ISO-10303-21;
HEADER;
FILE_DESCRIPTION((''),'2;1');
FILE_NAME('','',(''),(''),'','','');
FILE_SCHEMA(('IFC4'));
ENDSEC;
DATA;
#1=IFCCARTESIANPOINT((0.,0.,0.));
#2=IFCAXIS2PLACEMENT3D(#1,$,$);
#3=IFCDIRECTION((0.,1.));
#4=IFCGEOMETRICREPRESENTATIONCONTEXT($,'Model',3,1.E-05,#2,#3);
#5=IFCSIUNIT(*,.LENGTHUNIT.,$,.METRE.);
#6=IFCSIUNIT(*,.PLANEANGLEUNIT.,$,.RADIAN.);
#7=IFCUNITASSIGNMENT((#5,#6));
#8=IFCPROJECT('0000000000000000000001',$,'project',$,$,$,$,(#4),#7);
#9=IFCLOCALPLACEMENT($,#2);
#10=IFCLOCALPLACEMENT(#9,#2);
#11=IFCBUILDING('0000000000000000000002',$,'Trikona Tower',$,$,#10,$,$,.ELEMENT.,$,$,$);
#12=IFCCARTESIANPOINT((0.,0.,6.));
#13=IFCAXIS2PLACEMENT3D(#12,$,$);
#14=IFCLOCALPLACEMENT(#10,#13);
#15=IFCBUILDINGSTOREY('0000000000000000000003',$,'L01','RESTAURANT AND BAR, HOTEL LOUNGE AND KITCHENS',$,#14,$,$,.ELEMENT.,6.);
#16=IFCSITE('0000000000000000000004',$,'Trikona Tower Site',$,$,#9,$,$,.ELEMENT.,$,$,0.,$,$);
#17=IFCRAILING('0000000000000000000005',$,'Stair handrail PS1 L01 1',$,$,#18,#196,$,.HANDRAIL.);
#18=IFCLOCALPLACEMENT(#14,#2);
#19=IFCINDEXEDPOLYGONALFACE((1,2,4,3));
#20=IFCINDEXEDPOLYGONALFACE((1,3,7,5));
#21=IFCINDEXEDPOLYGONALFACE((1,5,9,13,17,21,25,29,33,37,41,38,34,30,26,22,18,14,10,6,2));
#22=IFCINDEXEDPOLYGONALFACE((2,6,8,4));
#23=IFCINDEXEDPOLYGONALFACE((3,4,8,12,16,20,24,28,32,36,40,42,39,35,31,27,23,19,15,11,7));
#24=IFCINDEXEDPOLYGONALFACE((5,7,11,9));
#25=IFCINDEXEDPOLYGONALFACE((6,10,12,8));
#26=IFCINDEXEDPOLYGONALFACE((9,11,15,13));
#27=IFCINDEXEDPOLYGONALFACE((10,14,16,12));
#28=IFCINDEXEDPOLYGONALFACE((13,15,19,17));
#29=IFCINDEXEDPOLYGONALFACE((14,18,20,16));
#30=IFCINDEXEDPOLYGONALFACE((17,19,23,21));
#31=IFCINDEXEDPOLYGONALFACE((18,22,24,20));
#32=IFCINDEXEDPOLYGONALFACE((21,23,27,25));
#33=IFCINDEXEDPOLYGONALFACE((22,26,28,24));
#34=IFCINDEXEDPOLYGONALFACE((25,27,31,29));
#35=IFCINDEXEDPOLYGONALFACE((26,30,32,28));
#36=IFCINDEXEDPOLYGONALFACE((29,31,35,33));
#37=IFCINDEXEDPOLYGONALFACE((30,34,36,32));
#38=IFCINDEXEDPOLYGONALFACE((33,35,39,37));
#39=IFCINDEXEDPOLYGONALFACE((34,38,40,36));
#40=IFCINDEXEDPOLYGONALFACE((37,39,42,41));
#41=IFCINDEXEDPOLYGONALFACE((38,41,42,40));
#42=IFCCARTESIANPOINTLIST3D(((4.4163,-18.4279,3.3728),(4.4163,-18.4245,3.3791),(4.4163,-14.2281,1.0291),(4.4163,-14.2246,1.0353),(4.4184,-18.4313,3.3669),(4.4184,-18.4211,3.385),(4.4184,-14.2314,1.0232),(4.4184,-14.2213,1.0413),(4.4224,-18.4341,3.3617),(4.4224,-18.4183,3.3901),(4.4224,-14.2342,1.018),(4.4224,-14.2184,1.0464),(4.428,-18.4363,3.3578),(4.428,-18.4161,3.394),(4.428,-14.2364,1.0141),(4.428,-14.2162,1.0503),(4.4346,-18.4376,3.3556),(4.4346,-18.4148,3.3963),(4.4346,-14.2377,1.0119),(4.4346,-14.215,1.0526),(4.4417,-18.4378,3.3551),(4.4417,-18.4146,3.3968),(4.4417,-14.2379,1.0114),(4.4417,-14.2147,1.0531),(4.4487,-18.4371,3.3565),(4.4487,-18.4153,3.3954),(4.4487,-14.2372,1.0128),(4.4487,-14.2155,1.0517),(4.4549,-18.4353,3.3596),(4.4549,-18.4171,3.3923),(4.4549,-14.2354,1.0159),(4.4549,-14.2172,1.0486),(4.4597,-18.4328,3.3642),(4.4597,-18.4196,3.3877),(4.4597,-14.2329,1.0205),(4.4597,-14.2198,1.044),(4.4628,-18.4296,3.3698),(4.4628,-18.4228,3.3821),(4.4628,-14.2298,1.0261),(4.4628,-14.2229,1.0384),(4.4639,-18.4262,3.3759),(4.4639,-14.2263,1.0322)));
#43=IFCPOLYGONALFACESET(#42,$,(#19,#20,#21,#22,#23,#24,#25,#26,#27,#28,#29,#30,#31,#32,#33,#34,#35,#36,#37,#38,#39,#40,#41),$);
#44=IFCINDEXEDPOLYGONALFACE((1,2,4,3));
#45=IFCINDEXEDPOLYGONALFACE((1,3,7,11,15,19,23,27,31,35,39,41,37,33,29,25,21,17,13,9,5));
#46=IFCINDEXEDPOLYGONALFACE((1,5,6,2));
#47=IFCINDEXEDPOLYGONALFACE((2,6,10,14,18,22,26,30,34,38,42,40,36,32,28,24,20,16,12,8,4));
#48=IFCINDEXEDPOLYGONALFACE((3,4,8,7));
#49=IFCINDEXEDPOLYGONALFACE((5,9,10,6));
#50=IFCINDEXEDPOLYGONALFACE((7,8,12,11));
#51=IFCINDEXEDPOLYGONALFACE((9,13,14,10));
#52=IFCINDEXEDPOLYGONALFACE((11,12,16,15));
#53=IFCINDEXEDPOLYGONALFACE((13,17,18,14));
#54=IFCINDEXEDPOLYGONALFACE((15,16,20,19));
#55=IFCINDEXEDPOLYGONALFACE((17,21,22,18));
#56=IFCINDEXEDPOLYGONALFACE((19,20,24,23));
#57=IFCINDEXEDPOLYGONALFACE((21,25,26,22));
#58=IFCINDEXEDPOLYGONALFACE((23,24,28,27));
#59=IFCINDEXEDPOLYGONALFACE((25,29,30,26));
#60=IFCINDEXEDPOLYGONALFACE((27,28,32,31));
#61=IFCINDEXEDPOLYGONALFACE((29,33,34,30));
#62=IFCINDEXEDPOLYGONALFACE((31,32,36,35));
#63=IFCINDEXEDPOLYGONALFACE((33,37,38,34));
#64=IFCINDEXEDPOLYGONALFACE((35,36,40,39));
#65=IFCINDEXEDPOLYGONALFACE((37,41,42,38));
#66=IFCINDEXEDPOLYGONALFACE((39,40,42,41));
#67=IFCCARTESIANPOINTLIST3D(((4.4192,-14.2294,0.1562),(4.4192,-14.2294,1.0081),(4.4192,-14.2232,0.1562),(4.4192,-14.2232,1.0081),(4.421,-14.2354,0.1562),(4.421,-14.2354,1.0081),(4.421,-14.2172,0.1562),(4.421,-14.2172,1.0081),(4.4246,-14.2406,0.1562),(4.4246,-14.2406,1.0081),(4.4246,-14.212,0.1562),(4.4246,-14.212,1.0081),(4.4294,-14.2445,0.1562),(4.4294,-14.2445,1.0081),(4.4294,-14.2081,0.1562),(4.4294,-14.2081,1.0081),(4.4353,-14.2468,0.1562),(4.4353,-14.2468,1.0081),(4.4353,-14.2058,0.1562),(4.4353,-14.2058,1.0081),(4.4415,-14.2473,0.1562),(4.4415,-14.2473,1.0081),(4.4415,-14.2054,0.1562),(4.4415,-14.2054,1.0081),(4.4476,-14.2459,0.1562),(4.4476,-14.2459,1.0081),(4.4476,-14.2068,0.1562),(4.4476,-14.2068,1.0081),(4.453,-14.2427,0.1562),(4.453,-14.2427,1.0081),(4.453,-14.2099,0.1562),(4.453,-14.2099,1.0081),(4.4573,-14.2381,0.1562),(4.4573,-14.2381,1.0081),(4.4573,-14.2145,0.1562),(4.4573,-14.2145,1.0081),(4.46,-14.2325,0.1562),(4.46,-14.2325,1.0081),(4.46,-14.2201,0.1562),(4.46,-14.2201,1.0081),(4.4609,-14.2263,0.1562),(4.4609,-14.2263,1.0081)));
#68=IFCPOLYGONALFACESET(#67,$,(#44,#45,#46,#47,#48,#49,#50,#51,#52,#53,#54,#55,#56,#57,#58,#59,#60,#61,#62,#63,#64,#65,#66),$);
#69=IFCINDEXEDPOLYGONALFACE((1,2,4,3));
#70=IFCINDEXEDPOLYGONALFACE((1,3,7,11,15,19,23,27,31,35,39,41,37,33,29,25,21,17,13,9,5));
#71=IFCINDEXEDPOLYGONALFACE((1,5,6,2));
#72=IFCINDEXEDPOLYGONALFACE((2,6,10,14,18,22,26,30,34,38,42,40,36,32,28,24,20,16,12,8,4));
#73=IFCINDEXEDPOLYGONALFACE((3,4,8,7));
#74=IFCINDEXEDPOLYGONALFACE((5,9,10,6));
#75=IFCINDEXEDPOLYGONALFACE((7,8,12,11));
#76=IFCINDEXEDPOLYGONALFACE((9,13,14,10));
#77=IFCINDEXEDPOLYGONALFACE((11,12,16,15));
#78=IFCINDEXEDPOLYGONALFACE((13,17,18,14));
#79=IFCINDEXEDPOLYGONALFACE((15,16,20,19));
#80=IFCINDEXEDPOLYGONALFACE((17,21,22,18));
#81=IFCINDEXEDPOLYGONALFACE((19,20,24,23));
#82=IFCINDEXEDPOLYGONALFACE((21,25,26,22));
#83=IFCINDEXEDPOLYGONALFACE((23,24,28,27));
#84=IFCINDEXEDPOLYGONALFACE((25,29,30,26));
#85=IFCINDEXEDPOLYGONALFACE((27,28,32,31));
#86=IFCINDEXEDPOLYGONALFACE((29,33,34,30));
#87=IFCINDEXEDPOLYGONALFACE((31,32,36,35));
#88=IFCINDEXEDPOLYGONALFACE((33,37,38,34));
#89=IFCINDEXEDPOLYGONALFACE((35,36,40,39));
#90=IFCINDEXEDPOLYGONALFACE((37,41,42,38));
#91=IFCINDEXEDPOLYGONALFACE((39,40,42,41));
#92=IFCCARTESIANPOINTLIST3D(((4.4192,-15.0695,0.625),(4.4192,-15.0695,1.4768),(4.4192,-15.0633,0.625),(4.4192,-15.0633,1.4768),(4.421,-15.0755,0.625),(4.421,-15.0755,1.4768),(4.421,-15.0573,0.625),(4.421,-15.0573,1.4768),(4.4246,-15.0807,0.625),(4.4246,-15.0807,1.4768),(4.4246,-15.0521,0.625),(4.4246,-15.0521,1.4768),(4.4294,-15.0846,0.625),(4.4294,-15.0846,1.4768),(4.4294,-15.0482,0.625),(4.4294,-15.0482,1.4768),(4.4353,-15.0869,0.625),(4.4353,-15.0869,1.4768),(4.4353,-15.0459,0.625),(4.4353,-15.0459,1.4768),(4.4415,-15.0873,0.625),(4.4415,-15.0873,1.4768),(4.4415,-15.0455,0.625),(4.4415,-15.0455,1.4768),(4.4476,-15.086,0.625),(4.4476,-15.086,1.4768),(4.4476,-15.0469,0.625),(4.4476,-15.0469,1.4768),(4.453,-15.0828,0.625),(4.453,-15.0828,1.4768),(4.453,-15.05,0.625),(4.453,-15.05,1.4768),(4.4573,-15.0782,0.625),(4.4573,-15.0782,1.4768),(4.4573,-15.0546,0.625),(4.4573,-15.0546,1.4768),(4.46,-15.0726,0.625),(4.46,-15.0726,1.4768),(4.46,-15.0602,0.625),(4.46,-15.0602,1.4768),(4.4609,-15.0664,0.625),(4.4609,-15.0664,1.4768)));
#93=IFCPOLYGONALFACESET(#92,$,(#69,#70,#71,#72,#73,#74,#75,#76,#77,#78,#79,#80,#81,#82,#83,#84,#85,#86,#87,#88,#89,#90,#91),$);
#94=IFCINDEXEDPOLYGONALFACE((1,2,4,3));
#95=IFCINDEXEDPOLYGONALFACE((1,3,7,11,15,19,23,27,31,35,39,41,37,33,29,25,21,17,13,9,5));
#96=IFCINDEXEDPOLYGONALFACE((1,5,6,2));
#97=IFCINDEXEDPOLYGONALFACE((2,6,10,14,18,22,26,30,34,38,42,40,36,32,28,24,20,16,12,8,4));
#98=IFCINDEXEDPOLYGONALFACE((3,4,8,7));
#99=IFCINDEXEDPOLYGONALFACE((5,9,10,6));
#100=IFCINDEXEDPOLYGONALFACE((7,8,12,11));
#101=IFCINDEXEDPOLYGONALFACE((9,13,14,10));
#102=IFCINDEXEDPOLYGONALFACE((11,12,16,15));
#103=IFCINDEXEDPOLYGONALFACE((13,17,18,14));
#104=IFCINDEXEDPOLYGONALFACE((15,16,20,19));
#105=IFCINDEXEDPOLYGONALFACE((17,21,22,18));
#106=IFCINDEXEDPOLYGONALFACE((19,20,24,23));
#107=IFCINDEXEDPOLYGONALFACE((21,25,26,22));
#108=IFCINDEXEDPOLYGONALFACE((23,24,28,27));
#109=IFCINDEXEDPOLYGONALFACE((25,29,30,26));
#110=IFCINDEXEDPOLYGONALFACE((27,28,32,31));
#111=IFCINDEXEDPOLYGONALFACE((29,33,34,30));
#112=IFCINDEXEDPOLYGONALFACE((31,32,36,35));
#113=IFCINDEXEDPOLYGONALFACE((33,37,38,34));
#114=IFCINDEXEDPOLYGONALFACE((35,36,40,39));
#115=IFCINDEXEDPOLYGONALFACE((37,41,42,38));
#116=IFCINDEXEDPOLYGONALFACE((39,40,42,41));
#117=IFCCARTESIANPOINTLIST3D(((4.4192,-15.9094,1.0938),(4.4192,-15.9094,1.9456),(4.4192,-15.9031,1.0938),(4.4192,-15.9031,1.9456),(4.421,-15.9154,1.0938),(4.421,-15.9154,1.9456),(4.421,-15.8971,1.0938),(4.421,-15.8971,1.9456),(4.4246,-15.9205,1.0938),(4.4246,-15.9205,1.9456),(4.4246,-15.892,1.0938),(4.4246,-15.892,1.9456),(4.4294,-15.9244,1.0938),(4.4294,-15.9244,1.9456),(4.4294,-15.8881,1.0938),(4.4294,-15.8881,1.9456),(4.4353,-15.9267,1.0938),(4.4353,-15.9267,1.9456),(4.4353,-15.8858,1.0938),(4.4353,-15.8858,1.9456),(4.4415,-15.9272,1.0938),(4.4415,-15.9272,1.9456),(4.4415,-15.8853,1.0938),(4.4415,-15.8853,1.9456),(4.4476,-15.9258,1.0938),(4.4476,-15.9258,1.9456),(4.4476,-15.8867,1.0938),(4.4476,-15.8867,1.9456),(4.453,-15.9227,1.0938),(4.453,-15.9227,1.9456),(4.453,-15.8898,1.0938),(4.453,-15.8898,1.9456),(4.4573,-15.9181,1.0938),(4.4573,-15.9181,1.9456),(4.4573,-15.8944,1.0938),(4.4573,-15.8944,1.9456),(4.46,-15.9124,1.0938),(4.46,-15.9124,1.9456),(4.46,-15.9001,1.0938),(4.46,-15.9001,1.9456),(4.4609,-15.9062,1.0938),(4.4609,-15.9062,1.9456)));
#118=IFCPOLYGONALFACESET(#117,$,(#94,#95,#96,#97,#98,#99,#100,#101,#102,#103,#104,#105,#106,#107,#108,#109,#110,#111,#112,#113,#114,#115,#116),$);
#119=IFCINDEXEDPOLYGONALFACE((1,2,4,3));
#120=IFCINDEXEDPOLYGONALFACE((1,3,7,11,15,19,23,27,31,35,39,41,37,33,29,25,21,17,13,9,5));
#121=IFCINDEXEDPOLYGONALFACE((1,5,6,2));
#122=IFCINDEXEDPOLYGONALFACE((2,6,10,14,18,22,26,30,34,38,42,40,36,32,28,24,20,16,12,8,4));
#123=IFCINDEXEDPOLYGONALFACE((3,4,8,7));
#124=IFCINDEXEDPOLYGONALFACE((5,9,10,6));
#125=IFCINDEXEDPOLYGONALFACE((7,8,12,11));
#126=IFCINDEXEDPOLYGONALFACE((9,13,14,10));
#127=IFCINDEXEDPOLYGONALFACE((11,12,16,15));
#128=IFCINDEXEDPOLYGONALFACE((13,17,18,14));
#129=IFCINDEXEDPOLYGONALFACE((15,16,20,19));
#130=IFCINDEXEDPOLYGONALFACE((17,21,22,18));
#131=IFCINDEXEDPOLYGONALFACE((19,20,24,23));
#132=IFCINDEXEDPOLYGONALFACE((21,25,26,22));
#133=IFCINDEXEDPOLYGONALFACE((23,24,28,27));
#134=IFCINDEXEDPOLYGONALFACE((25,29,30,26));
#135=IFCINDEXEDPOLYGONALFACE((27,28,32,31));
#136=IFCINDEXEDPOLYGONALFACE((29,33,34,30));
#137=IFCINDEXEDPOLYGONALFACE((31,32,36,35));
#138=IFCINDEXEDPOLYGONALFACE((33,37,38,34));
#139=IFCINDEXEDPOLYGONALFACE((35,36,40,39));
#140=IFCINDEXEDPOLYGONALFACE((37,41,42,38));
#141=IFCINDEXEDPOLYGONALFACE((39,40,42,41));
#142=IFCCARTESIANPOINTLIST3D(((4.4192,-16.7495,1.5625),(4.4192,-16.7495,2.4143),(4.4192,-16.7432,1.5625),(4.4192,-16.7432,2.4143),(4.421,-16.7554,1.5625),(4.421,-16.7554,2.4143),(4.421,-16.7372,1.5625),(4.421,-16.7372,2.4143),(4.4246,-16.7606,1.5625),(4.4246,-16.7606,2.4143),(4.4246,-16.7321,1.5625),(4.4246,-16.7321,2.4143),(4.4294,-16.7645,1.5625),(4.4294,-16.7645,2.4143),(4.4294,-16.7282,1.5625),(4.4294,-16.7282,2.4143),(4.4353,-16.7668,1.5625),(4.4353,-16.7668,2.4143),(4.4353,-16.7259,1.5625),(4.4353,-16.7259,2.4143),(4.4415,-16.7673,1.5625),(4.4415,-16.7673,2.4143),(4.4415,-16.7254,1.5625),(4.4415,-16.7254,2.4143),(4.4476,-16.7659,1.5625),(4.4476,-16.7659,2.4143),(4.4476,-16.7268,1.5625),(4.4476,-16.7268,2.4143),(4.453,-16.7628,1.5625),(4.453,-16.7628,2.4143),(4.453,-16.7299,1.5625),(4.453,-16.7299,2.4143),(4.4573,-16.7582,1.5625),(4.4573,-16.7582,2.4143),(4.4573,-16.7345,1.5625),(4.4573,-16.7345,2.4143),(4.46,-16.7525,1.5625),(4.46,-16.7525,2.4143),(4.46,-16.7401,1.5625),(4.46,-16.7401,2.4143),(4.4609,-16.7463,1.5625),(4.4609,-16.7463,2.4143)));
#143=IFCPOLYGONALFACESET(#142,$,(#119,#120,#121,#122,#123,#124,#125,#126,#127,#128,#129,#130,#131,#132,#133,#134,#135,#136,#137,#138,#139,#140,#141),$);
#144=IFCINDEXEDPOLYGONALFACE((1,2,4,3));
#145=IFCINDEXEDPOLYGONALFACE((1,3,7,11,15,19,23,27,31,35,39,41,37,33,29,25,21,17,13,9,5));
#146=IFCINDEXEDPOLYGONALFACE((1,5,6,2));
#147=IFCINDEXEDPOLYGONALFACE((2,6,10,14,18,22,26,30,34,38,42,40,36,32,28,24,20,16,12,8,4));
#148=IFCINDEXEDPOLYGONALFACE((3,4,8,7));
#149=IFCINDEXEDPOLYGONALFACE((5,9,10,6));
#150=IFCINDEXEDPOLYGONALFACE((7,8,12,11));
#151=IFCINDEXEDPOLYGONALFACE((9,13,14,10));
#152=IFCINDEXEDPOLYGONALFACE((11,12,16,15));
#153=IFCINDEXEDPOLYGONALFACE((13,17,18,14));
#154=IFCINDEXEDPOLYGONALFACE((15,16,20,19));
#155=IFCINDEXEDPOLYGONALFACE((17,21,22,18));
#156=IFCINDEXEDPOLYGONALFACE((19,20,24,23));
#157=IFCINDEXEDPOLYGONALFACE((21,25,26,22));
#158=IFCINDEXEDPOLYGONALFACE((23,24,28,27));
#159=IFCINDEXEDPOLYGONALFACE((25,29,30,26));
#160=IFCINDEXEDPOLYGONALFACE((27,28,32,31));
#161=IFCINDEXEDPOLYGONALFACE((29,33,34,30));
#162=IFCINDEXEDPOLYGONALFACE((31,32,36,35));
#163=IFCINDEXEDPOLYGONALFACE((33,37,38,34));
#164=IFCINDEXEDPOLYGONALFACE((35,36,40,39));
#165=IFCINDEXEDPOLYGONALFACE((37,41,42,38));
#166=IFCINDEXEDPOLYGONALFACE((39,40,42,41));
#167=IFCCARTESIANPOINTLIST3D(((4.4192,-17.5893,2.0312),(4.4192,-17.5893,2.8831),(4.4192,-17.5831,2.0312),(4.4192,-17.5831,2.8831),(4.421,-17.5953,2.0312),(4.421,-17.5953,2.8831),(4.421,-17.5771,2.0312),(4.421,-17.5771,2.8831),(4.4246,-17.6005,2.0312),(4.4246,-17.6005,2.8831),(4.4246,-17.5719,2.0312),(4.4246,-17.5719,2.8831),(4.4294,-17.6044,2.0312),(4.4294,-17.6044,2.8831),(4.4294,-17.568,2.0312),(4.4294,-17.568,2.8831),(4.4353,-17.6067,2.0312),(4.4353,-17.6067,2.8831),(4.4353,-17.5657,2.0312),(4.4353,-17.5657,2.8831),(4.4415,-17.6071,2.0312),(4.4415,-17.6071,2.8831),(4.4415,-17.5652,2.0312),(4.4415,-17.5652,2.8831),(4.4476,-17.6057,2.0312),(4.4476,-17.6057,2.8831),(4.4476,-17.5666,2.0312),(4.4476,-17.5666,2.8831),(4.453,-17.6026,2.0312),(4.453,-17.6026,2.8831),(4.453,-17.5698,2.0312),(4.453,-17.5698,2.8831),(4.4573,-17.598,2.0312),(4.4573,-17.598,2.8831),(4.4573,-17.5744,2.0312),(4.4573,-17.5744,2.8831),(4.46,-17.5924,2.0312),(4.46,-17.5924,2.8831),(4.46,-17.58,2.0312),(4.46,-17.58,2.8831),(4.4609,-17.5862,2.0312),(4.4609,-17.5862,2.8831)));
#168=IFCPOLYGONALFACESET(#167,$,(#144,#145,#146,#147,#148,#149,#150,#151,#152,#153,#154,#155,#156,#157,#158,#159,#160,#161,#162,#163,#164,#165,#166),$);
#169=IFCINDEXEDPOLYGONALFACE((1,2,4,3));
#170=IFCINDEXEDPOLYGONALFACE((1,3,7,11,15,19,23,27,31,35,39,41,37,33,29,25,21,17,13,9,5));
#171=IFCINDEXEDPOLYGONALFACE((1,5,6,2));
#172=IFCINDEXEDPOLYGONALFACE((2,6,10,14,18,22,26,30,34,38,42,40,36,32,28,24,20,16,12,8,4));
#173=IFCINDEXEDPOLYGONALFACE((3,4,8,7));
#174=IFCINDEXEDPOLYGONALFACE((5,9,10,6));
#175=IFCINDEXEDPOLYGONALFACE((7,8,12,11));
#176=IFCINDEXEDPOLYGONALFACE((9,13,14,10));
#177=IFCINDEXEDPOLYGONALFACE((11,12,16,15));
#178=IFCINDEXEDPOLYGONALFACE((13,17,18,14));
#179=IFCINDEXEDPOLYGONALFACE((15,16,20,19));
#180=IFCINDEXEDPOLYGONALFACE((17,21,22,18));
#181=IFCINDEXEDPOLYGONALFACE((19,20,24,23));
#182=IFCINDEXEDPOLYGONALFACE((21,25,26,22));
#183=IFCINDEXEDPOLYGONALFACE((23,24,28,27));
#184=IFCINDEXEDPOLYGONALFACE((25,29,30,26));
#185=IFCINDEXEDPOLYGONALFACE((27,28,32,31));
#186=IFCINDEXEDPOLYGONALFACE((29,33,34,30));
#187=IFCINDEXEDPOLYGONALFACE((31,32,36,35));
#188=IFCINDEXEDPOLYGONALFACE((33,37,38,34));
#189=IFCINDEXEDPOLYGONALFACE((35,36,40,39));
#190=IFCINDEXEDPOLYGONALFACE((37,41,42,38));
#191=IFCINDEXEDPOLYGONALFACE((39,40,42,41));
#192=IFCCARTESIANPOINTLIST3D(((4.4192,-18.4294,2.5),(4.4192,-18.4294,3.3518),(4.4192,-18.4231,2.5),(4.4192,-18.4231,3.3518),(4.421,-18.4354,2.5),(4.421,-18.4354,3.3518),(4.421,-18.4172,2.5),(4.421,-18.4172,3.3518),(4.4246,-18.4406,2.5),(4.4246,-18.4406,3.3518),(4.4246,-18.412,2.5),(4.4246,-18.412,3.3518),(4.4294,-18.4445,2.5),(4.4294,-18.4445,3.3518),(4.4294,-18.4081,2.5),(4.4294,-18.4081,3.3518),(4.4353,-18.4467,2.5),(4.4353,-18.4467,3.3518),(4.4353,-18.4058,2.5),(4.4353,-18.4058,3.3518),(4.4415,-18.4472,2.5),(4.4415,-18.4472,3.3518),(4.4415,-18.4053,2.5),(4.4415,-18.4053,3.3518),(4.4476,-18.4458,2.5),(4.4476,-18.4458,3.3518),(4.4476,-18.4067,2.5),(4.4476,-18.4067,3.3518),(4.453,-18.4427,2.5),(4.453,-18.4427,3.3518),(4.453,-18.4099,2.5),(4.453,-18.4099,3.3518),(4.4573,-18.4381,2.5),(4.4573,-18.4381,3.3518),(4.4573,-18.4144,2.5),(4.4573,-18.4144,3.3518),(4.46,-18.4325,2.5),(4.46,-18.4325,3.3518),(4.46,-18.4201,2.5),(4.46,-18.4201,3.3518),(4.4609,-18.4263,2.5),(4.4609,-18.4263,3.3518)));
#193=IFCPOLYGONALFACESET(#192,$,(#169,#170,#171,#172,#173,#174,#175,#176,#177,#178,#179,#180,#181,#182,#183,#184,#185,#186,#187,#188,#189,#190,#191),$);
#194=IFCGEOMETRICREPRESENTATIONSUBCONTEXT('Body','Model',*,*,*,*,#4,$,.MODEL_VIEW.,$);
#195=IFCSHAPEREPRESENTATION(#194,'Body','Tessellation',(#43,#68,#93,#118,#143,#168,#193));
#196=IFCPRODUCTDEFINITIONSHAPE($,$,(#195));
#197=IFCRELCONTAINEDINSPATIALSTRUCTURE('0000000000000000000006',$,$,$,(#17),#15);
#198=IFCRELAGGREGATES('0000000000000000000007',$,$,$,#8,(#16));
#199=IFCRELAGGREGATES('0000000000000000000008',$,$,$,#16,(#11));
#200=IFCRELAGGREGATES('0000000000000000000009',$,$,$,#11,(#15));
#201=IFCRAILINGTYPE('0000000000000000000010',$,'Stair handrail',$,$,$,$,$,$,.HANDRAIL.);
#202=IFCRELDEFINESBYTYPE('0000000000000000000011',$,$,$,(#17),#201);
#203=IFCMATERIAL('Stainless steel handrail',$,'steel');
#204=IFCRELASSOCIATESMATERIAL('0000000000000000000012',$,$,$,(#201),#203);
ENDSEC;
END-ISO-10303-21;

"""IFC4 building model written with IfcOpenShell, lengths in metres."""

from ifc_helpers import new_model, si_unit, direction, frame, origin, origin_2d, place, context, subcontext, project, spatial, circle, extrude, material, type_object, element, save


model = new_model("IFC4")

# Units and contexts
model_context = context("Model", 3, precision=1e-05, world=origin(), true_north=direction((0.0, 1.0)))
body_context = subcontext(model_context, "Body", "Model", "MODEL_VIEW")
ifc_project = project(units=[si_unit("LENGTHUNIT", "METRE"), si_unit("PLANEANGLEUNIT", "RADIAN")], contexts=[model_context])

# Site, building, storey
site_placement = place(None, origin())
site = spatial("IfcSite", under=ifc_project, at=site_placement, Name="Trikona Tower Site", CompositionType="ELEMENT", RefElevation=0.0)
building_placement = place(site_placement, origin())
building = spatial("IfcBuilding", under=site, at=building_placement, Name="Trikona Tower", CompositionType="ELEMENT")
storey_placement = place(building_placement, frame((0.0, 0.0, 6.0)))
storey = spatial("IfcBuildingStorey", under=building, at=storey_placement, Name="L01", Description="RESTAURANT AND BAR, HOTEL LOUNGE AND KITCHENS", CompositionType="ELEMENT", Elevation=6.0)

# Railing
ifc_material_1 = material(Name="Stainless steel handrail", Category="steel")
railing_type = type_object("IfcRailingType", Name="Stair handrail", PredefinedType="HANDRAIL", material=ifc_material_1)
railing_placement = place(storey_placement, frame((4.4399, -14.2263, 0.1562)))
element("IfcRailing", 1, at=railing_placement, inside=storey, type_object=railing_type, Name="Stair handrail PS1 L01 1", PredefinedType="HANDRAIL", context=body_context, shape_type="SweptSolid", body=[
    extrude(circle(Radius=0.0239, at=origin_2d()), frame((0.0, 0.0, 0.876), z_axis=(0.0, -0.873234, 0.487301), x_axis=(1.0, 0.0, 0.0)), (0.0, 0.0, 1.0), 4.8096),
    extrude(circle(Radius=0.021, at=origin_2d()), origin(), (0.0, 0.0, 1.0), 0.8518),
    extrude(circle(Radius=0.021, at=origin_2d()), frame((0.0, -0.8401, 0.4688)), (0.0, 0.0, 1.0), 0.8518),
    extrude(circle(Radius=0.021, at=origin_2d()), frame((0.0, -1.6799, 0.9375)), (0.0, 0.0, 1.0), 0.8518),
    extrude(circle(Radius=0.021, at=origin_2d()), frame((0.0, -2.52, 1.4062)), (0.0, 0.0, 1.0), 0.8518),
    extrude(circle(Radius=0.021, at=origin_2d()), frame((0.0, -3.3599, 1.875)), (0.0, 0.0, 1.0), 0.8518),
    extrude(circle(Radius=0.021, at=origin_2d()), frame((0.0, -4.2, 2.3438)), (0.0, 0.0, 1.0), 0.8518),
])

save(model, "model.ifc")
